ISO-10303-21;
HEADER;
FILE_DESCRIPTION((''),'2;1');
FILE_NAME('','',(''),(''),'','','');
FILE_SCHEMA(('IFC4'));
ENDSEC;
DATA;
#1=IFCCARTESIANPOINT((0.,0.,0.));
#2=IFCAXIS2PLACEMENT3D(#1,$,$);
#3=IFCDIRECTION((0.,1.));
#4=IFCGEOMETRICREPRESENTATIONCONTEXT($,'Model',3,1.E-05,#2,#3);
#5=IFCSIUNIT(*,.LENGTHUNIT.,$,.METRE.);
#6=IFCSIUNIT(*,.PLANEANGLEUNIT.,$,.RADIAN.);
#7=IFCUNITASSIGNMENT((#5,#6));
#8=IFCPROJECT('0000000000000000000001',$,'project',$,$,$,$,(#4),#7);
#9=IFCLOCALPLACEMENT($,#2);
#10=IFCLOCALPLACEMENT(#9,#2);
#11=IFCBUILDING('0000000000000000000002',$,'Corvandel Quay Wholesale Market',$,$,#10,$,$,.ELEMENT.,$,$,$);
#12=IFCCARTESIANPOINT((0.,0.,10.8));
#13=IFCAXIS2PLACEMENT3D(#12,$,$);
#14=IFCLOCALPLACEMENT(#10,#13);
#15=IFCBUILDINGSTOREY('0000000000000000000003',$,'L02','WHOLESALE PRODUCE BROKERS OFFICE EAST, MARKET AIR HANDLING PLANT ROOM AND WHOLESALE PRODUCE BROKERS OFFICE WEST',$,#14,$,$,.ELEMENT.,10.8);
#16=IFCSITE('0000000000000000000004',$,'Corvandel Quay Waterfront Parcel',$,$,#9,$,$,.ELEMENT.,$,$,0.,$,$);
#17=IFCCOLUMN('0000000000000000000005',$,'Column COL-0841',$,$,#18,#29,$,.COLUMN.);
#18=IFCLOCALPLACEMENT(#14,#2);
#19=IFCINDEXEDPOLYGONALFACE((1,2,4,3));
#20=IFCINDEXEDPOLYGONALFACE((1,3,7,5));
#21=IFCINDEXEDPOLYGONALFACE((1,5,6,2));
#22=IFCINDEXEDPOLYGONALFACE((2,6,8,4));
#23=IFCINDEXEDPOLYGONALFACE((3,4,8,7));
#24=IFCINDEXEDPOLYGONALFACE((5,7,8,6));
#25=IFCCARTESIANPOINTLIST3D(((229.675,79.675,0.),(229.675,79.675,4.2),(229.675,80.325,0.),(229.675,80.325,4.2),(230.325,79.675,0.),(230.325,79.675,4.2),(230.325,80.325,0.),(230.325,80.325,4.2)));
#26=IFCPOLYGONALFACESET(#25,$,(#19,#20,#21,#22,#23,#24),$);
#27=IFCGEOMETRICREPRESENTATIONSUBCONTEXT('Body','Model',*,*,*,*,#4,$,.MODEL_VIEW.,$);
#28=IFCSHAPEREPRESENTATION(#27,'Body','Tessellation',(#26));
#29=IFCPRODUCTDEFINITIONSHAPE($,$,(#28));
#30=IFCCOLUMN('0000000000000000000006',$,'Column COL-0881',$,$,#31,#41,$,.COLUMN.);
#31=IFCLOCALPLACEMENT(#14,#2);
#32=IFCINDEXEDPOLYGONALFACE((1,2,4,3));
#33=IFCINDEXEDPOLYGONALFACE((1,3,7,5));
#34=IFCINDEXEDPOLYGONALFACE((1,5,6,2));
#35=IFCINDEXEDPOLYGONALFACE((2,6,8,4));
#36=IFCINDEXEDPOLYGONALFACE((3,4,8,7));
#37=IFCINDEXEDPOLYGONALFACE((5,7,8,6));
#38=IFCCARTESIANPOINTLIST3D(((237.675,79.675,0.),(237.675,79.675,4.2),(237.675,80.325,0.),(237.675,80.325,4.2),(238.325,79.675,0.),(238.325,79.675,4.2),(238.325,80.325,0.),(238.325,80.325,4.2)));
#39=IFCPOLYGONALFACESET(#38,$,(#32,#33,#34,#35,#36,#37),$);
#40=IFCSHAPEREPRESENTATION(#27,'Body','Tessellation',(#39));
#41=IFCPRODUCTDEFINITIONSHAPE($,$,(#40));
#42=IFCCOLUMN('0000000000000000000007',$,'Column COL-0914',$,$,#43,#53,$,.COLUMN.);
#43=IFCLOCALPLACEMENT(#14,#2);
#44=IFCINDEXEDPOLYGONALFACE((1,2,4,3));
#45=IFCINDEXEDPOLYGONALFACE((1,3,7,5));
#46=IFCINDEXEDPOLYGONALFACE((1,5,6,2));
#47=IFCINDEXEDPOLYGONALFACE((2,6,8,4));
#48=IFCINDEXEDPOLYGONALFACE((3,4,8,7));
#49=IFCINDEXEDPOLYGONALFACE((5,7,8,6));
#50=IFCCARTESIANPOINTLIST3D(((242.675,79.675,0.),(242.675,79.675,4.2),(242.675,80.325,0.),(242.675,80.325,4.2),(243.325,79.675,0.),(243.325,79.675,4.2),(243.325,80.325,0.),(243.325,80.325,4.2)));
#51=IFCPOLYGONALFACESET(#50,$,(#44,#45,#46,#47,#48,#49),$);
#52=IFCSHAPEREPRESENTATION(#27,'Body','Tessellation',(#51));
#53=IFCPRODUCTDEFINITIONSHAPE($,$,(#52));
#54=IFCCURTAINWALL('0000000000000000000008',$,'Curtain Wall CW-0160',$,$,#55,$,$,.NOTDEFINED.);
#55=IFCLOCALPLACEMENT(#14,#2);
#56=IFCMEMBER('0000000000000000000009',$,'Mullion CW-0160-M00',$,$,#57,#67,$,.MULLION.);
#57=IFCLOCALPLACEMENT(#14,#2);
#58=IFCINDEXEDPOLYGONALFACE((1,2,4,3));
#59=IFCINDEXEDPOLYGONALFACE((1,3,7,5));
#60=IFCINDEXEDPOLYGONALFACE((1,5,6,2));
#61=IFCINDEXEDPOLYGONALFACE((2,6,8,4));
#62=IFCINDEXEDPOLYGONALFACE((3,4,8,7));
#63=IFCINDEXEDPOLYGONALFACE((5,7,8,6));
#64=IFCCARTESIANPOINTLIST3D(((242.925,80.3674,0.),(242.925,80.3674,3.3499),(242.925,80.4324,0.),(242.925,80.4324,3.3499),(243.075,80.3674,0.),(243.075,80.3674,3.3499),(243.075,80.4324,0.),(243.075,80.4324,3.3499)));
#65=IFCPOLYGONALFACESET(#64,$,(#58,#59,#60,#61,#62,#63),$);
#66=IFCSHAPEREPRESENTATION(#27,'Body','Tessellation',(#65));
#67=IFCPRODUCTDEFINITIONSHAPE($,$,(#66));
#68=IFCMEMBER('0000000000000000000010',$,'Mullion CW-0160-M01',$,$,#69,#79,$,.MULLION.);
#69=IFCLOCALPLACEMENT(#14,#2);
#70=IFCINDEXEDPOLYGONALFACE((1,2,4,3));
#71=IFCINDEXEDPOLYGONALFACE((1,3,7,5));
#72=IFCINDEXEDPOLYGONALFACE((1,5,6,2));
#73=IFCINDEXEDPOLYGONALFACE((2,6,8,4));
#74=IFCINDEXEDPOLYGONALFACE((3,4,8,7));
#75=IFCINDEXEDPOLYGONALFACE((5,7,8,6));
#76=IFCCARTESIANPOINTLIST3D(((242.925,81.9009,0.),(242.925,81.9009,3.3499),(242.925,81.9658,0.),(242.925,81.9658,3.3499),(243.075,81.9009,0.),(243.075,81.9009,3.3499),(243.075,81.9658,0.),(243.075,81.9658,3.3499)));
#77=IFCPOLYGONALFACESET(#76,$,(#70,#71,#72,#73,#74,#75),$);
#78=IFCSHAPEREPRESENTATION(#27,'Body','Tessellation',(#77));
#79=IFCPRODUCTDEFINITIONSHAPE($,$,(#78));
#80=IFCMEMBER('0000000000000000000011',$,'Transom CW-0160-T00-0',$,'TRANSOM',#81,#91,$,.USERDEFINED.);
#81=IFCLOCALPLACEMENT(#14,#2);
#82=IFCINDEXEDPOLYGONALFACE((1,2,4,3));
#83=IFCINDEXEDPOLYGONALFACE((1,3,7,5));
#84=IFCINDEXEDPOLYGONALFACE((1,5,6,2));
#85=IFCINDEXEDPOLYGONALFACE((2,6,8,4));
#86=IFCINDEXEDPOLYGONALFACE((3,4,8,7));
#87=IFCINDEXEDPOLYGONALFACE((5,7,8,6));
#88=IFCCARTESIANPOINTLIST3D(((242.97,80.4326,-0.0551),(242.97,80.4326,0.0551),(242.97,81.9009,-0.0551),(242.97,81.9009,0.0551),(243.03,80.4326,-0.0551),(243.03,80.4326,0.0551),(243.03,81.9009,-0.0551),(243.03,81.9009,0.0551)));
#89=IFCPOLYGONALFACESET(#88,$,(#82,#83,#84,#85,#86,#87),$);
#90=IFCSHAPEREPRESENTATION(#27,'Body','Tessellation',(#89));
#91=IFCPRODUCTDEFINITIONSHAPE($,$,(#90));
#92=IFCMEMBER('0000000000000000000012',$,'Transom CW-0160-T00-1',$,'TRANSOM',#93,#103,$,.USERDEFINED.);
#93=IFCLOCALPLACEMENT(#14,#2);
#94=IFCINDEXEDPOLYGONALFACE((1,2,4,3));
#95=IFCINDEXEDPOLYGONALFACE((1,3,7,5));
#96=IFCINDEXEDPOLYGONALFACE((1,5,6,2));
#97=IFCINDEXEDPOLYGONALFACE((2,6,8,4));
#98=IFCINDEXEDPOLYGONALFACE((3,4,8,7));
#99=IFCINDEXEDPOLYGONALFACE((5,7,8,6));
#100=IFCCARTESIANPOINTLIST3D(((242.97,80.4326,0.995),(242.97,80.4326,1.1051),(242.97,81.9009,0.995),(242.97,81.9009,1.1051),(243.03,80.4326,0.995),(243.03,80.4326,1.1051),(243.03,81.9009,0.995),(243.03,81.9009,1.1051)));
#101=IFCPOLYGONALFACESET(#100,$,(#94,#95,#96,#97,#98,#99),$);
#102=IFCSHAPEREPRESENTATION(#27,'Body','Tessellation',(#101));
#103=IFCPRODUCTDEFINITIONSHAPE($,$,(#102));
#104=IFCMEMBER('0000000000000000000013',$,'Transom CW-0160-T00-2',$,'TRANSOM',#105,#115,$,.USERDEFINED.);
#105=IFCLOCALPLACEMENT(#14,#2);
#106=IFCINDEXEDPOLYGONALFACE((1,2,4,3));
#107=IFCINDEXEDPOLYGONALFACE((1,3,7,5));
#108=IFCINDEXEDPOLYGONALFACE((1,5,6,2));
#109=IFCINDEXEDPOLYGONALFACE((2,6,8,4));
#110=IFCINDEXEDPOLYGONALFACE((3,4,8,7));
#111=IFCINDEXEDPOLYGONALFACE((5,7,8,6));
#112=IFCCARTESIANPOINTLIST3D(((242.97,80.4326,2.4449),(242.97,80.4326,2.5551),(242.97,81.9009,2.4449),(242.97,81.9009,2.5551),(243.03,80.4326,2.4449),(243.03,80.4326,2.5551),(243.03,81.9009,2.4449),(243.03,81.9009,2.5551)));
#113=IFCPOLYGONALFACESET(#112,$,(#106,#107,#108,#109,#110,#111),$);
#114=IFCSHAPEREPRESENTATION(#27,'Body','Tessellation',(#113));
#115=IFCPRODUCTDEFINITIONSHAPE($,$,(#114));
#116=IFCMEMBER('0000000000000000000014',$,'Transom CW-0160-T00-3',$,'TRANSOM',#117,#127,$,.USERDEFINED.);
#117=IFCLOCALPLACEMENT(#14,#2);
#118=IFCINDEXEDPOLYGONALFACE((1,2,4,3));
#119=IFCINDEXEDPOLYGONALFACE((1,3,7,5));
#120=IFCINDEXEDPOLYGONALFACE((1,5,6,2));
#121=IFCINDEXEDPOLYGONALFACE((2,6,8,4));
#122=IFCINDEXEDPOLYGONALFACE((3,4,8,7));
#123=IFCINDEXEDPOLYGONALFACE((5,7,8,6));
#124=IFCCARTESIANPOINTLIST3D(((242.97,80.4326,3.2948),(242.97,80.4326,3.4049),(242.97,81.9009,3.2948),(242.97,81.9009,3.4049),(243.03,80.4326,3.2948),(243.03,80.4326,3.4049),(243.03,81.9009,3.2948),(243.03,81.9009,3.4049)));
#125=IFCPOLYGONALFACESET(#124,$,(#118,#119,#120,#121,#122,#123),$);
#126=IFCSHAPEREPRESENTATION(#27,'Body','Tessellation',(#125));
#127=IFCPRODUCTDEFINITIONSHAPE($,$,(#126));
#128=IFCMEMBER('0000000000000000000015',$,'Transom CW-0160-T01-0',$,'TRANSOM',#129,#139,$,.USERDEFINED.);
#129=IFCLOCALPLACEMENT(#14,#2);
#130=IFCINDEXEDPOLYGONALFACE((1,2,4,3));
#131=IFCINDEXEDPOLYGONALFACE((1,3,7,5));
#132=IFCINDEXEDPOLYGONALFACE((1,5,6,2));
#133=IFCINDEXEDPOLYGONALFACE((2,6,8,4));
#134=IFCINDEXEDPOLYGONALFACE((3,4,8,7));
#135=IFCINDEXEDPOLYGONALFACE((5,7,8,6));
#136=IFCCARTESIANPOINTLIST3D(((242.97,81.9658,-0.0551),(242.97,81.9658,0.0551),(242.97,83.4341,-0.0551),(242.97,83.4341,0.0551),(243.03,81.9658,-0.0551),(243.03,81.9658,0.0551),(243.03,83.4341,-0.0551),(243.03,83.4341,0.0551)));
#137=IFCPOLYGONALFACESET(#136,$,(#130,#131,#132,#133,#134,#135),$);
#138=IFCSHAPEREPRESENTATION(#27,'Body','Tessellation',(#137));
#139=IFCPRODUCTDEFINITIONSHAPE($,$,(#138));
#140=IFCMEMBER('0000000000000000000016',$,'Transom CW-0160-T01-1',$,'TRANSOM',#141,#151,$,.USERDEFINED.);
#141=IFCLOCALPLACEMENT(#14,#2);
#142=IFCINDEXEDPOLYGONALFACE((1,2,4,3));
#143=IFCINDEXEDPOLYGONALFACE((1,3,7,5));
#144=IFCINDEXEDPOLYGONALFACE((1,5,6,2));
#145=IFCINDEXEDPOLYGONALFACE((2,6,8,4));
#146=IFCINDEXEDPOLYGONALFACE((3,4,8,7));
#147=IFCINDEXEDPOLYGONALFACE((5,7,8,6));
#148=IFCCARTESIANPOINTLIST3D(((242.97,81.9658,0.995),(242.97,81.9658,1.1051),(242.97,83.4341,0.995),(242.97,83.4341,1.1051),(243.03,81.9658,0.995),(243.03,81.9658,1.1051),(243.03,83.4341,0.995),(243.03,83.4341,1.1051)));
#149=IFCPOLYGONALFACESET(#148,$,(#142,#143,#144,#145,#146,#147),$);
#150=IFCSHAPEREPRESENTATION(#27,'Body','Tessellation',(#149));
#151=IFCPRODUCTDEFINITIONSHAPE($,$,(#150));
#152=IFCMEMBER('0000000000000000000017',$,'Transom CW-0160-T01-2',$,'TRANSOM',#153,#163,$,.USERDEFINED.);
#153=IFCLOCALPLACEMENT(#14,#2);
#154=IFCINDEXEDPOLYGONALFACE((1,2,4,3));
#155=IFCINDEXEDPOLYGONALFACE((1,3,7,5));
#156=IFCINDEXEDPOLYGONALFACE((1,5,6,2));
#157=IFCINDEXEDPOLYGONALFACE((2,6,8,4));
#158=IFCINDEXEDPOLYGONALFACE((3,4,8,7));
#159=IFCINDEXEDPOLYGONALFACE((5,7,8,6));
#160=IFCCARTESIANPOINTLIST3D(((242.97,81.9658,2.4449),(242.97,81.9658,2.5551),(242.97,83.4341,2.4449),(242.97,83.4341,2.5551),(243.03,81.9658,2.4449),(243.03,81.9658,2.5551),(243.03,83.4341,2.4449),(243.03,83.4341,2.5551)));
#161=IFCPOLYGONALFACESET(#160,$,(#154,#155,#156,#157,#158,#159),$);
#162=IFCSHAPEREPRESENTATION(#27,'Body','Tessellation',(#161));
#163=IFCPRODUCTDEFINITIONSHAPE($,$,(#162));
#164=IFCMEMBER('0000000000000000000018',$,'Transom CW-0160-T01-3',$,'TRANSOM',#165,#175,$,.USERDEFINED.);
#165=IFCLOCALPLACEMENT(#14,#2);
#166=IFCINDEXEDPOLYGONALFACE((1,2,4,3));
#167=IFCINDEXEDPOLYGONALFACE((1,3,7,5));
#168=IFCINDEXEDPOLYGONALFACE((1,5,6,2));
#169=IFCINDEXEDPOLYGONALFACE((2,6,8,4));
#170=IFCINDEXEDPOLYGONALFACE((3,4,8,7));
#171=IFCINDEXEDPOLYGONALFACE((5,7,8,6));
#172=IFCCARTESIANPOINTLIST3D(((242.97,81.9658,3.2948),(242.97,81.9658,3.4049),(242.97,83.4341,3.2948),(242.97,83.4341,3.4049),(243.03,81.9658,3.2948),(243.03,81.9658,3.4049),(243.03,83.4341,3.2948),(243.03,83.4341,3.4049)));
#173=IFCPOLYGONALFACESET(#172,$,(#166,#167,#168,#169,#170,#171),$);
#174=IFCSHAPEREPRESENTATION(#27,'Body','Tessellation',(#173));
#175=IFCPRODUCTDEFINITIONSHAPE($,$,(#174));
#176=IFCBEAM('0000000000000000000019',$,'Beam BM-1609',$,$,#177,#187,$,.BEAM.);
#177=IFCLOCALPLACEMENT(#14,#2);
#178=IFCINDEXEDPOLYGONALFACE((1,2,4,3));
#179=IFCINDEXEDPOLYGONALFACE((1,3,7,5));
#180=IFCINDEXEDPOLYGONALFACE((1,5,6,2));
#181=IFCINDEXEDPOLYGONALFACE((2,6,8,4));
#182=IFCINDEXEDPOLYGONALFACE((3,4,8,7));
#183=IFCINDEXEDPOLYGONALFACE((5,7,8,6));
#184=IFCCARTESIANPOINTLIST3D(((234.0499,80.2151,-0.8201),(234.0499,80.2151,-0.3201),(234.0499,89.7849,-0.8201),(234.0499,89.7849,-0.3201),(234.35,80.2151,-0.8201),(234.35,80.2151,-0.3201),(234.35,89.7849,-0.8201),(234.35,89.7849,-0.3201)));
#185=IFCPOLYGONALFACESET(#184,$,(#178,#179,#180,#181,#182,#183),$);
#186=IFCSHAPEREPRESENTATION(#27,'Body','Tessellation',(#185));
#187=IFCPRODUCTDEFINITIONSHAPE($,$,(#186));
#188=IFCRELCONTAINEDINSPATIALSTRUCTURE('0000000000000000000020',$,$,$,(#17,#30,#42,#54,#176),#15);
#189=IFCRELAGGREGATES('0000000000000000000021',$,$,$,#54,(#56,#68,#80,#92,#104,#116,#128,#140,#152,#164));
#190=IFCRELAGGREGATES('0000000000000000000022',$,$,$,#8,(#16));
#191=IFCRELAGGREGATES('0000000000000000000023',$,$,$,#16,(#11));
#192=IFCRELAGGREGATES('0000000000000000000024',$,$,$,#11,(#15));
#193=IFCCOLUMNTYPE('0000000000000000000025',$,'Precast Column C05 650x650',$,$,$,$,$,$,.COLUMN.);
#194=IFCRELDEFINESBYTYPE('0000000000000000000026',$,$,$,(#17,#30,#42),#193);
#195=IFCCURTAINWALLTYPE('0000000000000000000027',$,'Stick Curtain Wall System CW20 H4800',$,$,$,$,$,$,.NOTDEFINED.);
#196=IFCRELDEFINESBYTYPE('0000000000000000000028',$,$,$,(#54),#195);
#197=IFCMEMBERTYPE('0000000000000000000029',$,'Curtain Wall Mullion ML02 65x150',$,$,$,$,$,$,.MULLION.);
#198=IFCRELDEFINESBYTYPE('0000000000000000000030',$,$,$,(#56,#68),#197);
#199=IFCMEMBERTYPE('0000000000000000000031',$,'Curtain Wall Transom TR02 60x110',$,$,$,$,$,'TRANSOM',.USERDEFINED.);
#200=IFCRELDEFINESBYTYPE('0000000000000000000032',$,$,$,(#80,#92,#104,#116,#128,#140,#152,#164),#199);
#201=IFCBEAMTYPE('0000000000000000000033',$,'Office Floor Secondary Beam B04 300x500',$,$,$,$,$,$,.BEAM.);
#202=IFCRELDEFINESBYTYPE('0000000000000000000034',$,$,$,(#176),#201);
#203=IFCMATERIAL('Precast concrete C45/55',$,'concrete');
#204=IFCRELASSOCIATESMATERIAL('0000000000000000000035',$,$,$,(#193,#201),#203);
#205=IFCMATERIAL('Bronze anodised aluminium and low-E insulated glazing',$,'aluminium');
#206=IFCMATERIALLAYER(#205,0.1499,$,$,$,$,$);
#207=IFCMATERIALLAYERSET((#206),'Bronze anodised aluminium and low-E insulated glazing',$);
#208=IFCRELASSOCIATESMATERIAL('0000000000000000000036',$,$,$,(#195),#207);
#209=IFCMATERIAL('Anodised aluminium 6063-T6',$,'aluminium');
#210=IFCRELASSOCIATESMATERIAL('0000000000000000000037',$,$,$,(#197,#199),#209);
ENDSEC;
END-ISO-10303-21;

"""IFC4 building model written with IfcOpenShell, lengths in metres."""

from ifc_helpers import new_model, si_unit, direction, frame, origin, origin_2d, place, context, subcontext, project, spatial, rectangle, extrude, material, layer, layer_set, material_profile, profile_set, type_object, element, aggregate, save


model = new_model("IFC4")

# Units and contexts
model_context = context("Model", 3, precision=1e-05, world=origin(), true_north=direction((0.0, 1.0)))
body_context = subcontext(model_context, "Body", "Model", "MODEL_VIEW")
ifc_project = project(units=[si_unit("LENGTHUNIT", "METRE"), si_unit("PLANEANGLEUNIT", "RADIAN")], contexts=[model_context])

# Site, building, storey
site_placement = place(None, origin())
site = spatial("IfcSite", under=ifc_project, at=site_placement, Name="Corvandel Quay Waterfront Parcel", CompositionType="ELEMENT", RefElevation=0.0)
building_placement = place(site_placement, origin())
building = spatial("IfcBuilding", under=site, at=building_placement, Name="Corvandel Quay Wholesale Market", CompositionType="ELEMENT")
storey_placement = place(building_placement, frame((0.0, 0.0, 10.8)))
storey = spatial("IfcBuildingStorey", under=building, at=storey_placement, Name="L02", Description="WHOLESALE PRODUCE BROKERS OFFICE EAST, MARKET AIR HANDLING PLANT ROOM AND WHOLESALE PRODUCE BROKERS OFFICE WEST", CompositionType="ELEMENT", Elevation=10.8)

# Columns
ifc_material_1 = material(Name="Precast concrete C45/55", Category="concrete")
ifc_material_profile_1 = material_profile(ifc_material_1, rectangle(XDim=0.6499, YDim=0.6499, at=origin_2d()), Name="PC-COL-650x650")
ifc_profile_set_1 = profile_set([ifc_material_profile_1], Name="Precast concrete C45/55")
column_type = type_object("IfcColumnType", Name="Precast Column C05 650x650", PredefinedType="COLUMN", material=ifc_profile_set_1)
for number, where, z_axis, x_axis, name in (
    (1, (230.0, 80.0, 0.0), (0.0, 0.0, 1.0), (1.0, 0.0, 0.0), "Column COL-0841"),
    (2, (238.0, 80.0, 0.0), (0.0, 0.0, 1.0), (1.0, 0.0, 0.0), "Column COL-0881"),
    (3, (243.0, 80.0, 0.0), (0.0, 0.0, 1.0), (1.0, 0.0, 0.0), "Column COL-0914"),
):
    element("IfcColumn", number, at=place(storey_placement, frame(where, z_axis=z_axis, x_axis=x_axis)), inside=storey, type_object=column_type, Name=name, PredefinedType="COLUMN", context=body_context, shape_type="SweptSolid", body=[
        extrude(rectangle(XDim=0.6499, YDim=0.6499, at=origin_2d()), origin(), (0.0, 0.0, 1.0), 4.2),
    ])

# Curtain wall, members
ifc_material_2 = material(Name="Bronze anodised aluminium and low-E insulated glazing", Category="aluminium")
ifc_layer_1 = layer(ifc_material_2, 0.1499)
ifc_layer_set_1 = layer_set([ifc_layer_1], Name="Bronze anodised aluminium and low-E insulated glazing")
curtain_wall_type = type_object("IfcCurtainWallType", Name="Stick Curtain Wall System CW20 H4800", PredefinedType="NOTDEFINED", material=ifc_layer_set_1)
curtain_wall_placement = place(storey_placement, origin())
curtain_wall = element("IfcCurtainWall", 4, at=curtain_wall_placement, inside=storey, type_object=curtain_wall_type, Name="Curtain Wall CW-0160", PredefinedType="NOTDEFINED")
ifc_material_3 = material(Name="Anodised aluminium 6063-T6", Category="aluminium")
ifc_material_profile_2 = material_profile(ifc_material_3, rectangle(XDim=0.0649, YDim=0.1499, at=origin_2d()), Name="ALU-MUL-65x150")
ifc_profile_set_2 = profile_set([ifc_material_profile_2], Name="Anodised aluminium 6063-T6")
member_type_1 = type_object("IfcMemberType", Name="Curtain Wall Mullion ML02 65x150", PredefinedType="MULLION", material=ifc_profile_set_2)
member_1_placement = place(storey_placement, frame((243.0, 80.3999, 0.0), z_axis=(0.0, 0.0, 1.0), x_axis=(0.0, 1.0, 0.0)))
member_1 = element("IfcMember", 5, at=member_1_placement, type_object=member_type_1, Name="Mullion CW-0160-M00", PredefinedType="MULLION", context=body_context, shape_type="SweptSolid", body=[
    extrude(rectangle(XDim=0.0649, YDim=0.1499, at=origin_2d()), origin(), (0.0, 0.0, 1.0), 3.3499),
])
member_2_placement = place(storey_placement, frame((243.0, 81.9333, 0.0), z_axis=(0.0, 0.0, 1.0), x_axis=(0.0, 1.0, 0.0)))
member_2 = element("IfcMember", 6, at=member_2_placement, type_object=member_type_1, Name="Mullion CW-0160-M01", PredefinedType="MULLION", context=body_context, shape_type="SweptSolid", body=[
    extrude(rectangle(XDim=0.0649, YDim=0.1499, at=origin_2d()), origin(), (0.0, 0.0, 1.0), 3.3499),
])
ifc_material_profile_3 = material_profile(ifc_material_3, rectangle(XDim=0.0601, YDim=0.1101, at=origin_2d()), Name="ALU-TRN-60x110")
ifc_profile_set_3 = profile_set([ifc_material_profile_3], Name="Anodised aluminium 6063-T6")
member_type_2 = type_object("IfcMemberType", Name="Curtain Wall Transom TR02 60x110", ElementType="TRANSOM", PredefinedType="USERDEFINED", material=ifc_profile_set_3)
member_3_placement = place(storey_placement, frame((243.0, 80.4326, 0.0), z_axis=(0.0, 1.0, 0.0), x_axis=(-1.0, 0.0, 0.0)))
member_3 = element("IfcMember", 7, at=member_3_placement, type_object=member_type_2, Name="Transom CW-0160-T00-0", ObjectType="TRANSOM", PredefinedType="USERDEFINED", context=body_context, shape_type="SweptSolid", body=[
    extrude(rectangle(XDim=0.0601, YDim=0.1101, at=origin_2d()), origin(), (0.0, 0.0, 1.0), 1.4683),
])
member_4_placement = place(storey_placement, frame((243.0, 80.4326, 1.05), z_axis=(0.0, 1.0, 0.0), x_axis=(-1.0, 0.0, 0.0)))
member_4 = element("IfcMember", 8, at=member_4_placement, type_object=member_type_2, Name="Transom CW-0160-T00-1", ObjectType="TRANSOM", PredefinedType="USERDEFINED", context=body_context, shape_type="SweptSolid", body=[
    extrude(rectangle(XDim=0.0601, YDim=0.1101, at=origin_2d()), origin(), (0.0, 0.0, 1.0), 1.4683),
])
member_5_placement = place(storey_placement, frame((243.0, 80.4326, 2.5), z_axis=(0.0, 1.0, 0.0), x_axis=(-1.0, 0.0, 0.0)))
member_5 = element("IfcMember", 9, at=member_5_placement, type_object=member_type_2, Name="Transom CW-0160-T00-2", ObjectType="TRANSOM", PredefinedType="USERDEFINED", context=body_context, shape_type="SweptSolid", body=[
    extrude(rectangle(XDim=0.0601, YDim=0.1101, at=origin_2d()), origin(), (0.0, 0.0, 1.0), 1.4683),
])
member_6_placement = place(storey_placement, frame((243.0, 80.4326, 3.3499), z_axis=(0.0, 1.0, 0.0), x_axis=(-1.0, 0.0, 0.0)))
member_6 = element("IfcMember", 10, at=member_6_placement, type_object=member_type_2, Name="Transom CW-0160-T00-3", ObjectType="TRANSOM", PredefinedType="USERDEFINED", context=body_context, shape_type="SweptSolid", body=[
    extrude(rectangle(XDim=0.0601, YDim=0.1101, at=origin_2d()), origin(), (0.0, 0.0, 1.0), 1.4683),
])
member_7_placement = place(storey_placement, frame((243.0, 81.9658, 0.0), z_axis=(0.0, 1.0, 0.0), x_axis=(-1.0, 0.0, 0.0)))
member_7 = element("IfcMember", 11, at=member_7_placement, type_object=member_type_2, Name="Transom CW-0160-T01-0", ObjectType="TRANSOM", PredefinedType="USERDEFINED", context=body_context, shape_type="SweptSolid", body=[
    extrude(rectangle(XDim=0.0601, YDim=0.1101, at=origin_2d()), origin(), (0.0, 0.0, 1.0), 1.4683),
])
member_8_placement = place(storey_placement, frame((243.0, 81.9658, 1.05), z_axis=(0.0, 1.0, 0.0), x_axis=(-1.0, 0.0, 0.0)))
member_8 = element("IfcMember", 12, at=member_8_placement, type_object=member_type_2, Name="Transom CW-0160-T01-1", ObjectType="TRANSOM", PredefinedType="USERDEFINED", context=body_context, shape_type="SweptSolid", body=[
    extrude(rectangle(XDim=0.0601, YDim=0.1101, at=origin_2d()), origin(), (0.0, 0.0, 1.0), 1.4683),
])
member_9_placement = place(storey_placement, frame((243.0, 81.9658, 2.5), z_axis=(0.0, 1.0, 0.0), x_axis=(-1.0, 0.0, 0.0)))
member_9 = element("IfcMember", 13, at=member_9_placement, type_object=member_type_2, Name="Transom CW-0160-T01-2", ObjectType="TRANSOM", PredefinedType="USERDEFINED", context=body_context, shape_type="SweptSolid", body=[
    extrude(rectangle(XDim=0.0601, YDim=0.1101, at=origin_2d()), origin(), (0.0, 0.0, 1.0), 1.4683),
])
member_10_placement = place(storey_placement, frame((243.0, 81.9658, 3.3499), z_axis=(0.0, 1.0, 0.0), x_axis=(-1.0, 0.0, 0.0)))
member_10 = element("IfcMember", 14, at=member_10_placement, type_object=member_type_2, Name="Transom CW-0160-T01-3", ObjectType="TRANSOM", PredefinedType="USERDEFINED", context=body_context, shape_type="SweptSolid", body=[
    extrude(rectangle(XDim=0.0601, YDim=0.1101, at=origin_2d()), origin(), (0.0, 0.0, 1.0), 1.4683),
])

# Beam
ifc_material_profile_4 = material_profile(ifc_material_1, rectangle(XDim=0.3, YDim=0.5, at=origin_2d()), Name="PC-BM-300x500")
ifc_profile_set_4 = profile_set([ifc_material_profile_4], Name="Precast concrete C45/55")
beam_type_1 = type_object("IfcBeamType", Name="Office Floor Secondary Beam B04 300x500", PredefinedType="BEAM", material=ifc_profile_set_4)
beam_1_placement = place(storey_placement, frame((234.2, 80.2151, -0.5701), z_axis=(0.0, 1.0, 0.0), x_axis=(-1.0, 0.0, 0.0)))
element("IfcBeam", 15, at=beam_1_placement, inside=storey, type_object=beam_type_1, Name="Beam BM-1609", PredefinedType="BEAM", context=body_context, shape_type="SweptSolid", body=[
    extrude(rectangle(XDim=0.3, YDim=0.5, at=origin_2d()), origin(), (0.0, 0.0, 1.0), 9.5698),
])

aggregate(curtain_wall, [member_1, member_2, member_3, member_4, member_5, member_6, member_7, member_8, member_9, member_10])

save(model, "model.ifc")
